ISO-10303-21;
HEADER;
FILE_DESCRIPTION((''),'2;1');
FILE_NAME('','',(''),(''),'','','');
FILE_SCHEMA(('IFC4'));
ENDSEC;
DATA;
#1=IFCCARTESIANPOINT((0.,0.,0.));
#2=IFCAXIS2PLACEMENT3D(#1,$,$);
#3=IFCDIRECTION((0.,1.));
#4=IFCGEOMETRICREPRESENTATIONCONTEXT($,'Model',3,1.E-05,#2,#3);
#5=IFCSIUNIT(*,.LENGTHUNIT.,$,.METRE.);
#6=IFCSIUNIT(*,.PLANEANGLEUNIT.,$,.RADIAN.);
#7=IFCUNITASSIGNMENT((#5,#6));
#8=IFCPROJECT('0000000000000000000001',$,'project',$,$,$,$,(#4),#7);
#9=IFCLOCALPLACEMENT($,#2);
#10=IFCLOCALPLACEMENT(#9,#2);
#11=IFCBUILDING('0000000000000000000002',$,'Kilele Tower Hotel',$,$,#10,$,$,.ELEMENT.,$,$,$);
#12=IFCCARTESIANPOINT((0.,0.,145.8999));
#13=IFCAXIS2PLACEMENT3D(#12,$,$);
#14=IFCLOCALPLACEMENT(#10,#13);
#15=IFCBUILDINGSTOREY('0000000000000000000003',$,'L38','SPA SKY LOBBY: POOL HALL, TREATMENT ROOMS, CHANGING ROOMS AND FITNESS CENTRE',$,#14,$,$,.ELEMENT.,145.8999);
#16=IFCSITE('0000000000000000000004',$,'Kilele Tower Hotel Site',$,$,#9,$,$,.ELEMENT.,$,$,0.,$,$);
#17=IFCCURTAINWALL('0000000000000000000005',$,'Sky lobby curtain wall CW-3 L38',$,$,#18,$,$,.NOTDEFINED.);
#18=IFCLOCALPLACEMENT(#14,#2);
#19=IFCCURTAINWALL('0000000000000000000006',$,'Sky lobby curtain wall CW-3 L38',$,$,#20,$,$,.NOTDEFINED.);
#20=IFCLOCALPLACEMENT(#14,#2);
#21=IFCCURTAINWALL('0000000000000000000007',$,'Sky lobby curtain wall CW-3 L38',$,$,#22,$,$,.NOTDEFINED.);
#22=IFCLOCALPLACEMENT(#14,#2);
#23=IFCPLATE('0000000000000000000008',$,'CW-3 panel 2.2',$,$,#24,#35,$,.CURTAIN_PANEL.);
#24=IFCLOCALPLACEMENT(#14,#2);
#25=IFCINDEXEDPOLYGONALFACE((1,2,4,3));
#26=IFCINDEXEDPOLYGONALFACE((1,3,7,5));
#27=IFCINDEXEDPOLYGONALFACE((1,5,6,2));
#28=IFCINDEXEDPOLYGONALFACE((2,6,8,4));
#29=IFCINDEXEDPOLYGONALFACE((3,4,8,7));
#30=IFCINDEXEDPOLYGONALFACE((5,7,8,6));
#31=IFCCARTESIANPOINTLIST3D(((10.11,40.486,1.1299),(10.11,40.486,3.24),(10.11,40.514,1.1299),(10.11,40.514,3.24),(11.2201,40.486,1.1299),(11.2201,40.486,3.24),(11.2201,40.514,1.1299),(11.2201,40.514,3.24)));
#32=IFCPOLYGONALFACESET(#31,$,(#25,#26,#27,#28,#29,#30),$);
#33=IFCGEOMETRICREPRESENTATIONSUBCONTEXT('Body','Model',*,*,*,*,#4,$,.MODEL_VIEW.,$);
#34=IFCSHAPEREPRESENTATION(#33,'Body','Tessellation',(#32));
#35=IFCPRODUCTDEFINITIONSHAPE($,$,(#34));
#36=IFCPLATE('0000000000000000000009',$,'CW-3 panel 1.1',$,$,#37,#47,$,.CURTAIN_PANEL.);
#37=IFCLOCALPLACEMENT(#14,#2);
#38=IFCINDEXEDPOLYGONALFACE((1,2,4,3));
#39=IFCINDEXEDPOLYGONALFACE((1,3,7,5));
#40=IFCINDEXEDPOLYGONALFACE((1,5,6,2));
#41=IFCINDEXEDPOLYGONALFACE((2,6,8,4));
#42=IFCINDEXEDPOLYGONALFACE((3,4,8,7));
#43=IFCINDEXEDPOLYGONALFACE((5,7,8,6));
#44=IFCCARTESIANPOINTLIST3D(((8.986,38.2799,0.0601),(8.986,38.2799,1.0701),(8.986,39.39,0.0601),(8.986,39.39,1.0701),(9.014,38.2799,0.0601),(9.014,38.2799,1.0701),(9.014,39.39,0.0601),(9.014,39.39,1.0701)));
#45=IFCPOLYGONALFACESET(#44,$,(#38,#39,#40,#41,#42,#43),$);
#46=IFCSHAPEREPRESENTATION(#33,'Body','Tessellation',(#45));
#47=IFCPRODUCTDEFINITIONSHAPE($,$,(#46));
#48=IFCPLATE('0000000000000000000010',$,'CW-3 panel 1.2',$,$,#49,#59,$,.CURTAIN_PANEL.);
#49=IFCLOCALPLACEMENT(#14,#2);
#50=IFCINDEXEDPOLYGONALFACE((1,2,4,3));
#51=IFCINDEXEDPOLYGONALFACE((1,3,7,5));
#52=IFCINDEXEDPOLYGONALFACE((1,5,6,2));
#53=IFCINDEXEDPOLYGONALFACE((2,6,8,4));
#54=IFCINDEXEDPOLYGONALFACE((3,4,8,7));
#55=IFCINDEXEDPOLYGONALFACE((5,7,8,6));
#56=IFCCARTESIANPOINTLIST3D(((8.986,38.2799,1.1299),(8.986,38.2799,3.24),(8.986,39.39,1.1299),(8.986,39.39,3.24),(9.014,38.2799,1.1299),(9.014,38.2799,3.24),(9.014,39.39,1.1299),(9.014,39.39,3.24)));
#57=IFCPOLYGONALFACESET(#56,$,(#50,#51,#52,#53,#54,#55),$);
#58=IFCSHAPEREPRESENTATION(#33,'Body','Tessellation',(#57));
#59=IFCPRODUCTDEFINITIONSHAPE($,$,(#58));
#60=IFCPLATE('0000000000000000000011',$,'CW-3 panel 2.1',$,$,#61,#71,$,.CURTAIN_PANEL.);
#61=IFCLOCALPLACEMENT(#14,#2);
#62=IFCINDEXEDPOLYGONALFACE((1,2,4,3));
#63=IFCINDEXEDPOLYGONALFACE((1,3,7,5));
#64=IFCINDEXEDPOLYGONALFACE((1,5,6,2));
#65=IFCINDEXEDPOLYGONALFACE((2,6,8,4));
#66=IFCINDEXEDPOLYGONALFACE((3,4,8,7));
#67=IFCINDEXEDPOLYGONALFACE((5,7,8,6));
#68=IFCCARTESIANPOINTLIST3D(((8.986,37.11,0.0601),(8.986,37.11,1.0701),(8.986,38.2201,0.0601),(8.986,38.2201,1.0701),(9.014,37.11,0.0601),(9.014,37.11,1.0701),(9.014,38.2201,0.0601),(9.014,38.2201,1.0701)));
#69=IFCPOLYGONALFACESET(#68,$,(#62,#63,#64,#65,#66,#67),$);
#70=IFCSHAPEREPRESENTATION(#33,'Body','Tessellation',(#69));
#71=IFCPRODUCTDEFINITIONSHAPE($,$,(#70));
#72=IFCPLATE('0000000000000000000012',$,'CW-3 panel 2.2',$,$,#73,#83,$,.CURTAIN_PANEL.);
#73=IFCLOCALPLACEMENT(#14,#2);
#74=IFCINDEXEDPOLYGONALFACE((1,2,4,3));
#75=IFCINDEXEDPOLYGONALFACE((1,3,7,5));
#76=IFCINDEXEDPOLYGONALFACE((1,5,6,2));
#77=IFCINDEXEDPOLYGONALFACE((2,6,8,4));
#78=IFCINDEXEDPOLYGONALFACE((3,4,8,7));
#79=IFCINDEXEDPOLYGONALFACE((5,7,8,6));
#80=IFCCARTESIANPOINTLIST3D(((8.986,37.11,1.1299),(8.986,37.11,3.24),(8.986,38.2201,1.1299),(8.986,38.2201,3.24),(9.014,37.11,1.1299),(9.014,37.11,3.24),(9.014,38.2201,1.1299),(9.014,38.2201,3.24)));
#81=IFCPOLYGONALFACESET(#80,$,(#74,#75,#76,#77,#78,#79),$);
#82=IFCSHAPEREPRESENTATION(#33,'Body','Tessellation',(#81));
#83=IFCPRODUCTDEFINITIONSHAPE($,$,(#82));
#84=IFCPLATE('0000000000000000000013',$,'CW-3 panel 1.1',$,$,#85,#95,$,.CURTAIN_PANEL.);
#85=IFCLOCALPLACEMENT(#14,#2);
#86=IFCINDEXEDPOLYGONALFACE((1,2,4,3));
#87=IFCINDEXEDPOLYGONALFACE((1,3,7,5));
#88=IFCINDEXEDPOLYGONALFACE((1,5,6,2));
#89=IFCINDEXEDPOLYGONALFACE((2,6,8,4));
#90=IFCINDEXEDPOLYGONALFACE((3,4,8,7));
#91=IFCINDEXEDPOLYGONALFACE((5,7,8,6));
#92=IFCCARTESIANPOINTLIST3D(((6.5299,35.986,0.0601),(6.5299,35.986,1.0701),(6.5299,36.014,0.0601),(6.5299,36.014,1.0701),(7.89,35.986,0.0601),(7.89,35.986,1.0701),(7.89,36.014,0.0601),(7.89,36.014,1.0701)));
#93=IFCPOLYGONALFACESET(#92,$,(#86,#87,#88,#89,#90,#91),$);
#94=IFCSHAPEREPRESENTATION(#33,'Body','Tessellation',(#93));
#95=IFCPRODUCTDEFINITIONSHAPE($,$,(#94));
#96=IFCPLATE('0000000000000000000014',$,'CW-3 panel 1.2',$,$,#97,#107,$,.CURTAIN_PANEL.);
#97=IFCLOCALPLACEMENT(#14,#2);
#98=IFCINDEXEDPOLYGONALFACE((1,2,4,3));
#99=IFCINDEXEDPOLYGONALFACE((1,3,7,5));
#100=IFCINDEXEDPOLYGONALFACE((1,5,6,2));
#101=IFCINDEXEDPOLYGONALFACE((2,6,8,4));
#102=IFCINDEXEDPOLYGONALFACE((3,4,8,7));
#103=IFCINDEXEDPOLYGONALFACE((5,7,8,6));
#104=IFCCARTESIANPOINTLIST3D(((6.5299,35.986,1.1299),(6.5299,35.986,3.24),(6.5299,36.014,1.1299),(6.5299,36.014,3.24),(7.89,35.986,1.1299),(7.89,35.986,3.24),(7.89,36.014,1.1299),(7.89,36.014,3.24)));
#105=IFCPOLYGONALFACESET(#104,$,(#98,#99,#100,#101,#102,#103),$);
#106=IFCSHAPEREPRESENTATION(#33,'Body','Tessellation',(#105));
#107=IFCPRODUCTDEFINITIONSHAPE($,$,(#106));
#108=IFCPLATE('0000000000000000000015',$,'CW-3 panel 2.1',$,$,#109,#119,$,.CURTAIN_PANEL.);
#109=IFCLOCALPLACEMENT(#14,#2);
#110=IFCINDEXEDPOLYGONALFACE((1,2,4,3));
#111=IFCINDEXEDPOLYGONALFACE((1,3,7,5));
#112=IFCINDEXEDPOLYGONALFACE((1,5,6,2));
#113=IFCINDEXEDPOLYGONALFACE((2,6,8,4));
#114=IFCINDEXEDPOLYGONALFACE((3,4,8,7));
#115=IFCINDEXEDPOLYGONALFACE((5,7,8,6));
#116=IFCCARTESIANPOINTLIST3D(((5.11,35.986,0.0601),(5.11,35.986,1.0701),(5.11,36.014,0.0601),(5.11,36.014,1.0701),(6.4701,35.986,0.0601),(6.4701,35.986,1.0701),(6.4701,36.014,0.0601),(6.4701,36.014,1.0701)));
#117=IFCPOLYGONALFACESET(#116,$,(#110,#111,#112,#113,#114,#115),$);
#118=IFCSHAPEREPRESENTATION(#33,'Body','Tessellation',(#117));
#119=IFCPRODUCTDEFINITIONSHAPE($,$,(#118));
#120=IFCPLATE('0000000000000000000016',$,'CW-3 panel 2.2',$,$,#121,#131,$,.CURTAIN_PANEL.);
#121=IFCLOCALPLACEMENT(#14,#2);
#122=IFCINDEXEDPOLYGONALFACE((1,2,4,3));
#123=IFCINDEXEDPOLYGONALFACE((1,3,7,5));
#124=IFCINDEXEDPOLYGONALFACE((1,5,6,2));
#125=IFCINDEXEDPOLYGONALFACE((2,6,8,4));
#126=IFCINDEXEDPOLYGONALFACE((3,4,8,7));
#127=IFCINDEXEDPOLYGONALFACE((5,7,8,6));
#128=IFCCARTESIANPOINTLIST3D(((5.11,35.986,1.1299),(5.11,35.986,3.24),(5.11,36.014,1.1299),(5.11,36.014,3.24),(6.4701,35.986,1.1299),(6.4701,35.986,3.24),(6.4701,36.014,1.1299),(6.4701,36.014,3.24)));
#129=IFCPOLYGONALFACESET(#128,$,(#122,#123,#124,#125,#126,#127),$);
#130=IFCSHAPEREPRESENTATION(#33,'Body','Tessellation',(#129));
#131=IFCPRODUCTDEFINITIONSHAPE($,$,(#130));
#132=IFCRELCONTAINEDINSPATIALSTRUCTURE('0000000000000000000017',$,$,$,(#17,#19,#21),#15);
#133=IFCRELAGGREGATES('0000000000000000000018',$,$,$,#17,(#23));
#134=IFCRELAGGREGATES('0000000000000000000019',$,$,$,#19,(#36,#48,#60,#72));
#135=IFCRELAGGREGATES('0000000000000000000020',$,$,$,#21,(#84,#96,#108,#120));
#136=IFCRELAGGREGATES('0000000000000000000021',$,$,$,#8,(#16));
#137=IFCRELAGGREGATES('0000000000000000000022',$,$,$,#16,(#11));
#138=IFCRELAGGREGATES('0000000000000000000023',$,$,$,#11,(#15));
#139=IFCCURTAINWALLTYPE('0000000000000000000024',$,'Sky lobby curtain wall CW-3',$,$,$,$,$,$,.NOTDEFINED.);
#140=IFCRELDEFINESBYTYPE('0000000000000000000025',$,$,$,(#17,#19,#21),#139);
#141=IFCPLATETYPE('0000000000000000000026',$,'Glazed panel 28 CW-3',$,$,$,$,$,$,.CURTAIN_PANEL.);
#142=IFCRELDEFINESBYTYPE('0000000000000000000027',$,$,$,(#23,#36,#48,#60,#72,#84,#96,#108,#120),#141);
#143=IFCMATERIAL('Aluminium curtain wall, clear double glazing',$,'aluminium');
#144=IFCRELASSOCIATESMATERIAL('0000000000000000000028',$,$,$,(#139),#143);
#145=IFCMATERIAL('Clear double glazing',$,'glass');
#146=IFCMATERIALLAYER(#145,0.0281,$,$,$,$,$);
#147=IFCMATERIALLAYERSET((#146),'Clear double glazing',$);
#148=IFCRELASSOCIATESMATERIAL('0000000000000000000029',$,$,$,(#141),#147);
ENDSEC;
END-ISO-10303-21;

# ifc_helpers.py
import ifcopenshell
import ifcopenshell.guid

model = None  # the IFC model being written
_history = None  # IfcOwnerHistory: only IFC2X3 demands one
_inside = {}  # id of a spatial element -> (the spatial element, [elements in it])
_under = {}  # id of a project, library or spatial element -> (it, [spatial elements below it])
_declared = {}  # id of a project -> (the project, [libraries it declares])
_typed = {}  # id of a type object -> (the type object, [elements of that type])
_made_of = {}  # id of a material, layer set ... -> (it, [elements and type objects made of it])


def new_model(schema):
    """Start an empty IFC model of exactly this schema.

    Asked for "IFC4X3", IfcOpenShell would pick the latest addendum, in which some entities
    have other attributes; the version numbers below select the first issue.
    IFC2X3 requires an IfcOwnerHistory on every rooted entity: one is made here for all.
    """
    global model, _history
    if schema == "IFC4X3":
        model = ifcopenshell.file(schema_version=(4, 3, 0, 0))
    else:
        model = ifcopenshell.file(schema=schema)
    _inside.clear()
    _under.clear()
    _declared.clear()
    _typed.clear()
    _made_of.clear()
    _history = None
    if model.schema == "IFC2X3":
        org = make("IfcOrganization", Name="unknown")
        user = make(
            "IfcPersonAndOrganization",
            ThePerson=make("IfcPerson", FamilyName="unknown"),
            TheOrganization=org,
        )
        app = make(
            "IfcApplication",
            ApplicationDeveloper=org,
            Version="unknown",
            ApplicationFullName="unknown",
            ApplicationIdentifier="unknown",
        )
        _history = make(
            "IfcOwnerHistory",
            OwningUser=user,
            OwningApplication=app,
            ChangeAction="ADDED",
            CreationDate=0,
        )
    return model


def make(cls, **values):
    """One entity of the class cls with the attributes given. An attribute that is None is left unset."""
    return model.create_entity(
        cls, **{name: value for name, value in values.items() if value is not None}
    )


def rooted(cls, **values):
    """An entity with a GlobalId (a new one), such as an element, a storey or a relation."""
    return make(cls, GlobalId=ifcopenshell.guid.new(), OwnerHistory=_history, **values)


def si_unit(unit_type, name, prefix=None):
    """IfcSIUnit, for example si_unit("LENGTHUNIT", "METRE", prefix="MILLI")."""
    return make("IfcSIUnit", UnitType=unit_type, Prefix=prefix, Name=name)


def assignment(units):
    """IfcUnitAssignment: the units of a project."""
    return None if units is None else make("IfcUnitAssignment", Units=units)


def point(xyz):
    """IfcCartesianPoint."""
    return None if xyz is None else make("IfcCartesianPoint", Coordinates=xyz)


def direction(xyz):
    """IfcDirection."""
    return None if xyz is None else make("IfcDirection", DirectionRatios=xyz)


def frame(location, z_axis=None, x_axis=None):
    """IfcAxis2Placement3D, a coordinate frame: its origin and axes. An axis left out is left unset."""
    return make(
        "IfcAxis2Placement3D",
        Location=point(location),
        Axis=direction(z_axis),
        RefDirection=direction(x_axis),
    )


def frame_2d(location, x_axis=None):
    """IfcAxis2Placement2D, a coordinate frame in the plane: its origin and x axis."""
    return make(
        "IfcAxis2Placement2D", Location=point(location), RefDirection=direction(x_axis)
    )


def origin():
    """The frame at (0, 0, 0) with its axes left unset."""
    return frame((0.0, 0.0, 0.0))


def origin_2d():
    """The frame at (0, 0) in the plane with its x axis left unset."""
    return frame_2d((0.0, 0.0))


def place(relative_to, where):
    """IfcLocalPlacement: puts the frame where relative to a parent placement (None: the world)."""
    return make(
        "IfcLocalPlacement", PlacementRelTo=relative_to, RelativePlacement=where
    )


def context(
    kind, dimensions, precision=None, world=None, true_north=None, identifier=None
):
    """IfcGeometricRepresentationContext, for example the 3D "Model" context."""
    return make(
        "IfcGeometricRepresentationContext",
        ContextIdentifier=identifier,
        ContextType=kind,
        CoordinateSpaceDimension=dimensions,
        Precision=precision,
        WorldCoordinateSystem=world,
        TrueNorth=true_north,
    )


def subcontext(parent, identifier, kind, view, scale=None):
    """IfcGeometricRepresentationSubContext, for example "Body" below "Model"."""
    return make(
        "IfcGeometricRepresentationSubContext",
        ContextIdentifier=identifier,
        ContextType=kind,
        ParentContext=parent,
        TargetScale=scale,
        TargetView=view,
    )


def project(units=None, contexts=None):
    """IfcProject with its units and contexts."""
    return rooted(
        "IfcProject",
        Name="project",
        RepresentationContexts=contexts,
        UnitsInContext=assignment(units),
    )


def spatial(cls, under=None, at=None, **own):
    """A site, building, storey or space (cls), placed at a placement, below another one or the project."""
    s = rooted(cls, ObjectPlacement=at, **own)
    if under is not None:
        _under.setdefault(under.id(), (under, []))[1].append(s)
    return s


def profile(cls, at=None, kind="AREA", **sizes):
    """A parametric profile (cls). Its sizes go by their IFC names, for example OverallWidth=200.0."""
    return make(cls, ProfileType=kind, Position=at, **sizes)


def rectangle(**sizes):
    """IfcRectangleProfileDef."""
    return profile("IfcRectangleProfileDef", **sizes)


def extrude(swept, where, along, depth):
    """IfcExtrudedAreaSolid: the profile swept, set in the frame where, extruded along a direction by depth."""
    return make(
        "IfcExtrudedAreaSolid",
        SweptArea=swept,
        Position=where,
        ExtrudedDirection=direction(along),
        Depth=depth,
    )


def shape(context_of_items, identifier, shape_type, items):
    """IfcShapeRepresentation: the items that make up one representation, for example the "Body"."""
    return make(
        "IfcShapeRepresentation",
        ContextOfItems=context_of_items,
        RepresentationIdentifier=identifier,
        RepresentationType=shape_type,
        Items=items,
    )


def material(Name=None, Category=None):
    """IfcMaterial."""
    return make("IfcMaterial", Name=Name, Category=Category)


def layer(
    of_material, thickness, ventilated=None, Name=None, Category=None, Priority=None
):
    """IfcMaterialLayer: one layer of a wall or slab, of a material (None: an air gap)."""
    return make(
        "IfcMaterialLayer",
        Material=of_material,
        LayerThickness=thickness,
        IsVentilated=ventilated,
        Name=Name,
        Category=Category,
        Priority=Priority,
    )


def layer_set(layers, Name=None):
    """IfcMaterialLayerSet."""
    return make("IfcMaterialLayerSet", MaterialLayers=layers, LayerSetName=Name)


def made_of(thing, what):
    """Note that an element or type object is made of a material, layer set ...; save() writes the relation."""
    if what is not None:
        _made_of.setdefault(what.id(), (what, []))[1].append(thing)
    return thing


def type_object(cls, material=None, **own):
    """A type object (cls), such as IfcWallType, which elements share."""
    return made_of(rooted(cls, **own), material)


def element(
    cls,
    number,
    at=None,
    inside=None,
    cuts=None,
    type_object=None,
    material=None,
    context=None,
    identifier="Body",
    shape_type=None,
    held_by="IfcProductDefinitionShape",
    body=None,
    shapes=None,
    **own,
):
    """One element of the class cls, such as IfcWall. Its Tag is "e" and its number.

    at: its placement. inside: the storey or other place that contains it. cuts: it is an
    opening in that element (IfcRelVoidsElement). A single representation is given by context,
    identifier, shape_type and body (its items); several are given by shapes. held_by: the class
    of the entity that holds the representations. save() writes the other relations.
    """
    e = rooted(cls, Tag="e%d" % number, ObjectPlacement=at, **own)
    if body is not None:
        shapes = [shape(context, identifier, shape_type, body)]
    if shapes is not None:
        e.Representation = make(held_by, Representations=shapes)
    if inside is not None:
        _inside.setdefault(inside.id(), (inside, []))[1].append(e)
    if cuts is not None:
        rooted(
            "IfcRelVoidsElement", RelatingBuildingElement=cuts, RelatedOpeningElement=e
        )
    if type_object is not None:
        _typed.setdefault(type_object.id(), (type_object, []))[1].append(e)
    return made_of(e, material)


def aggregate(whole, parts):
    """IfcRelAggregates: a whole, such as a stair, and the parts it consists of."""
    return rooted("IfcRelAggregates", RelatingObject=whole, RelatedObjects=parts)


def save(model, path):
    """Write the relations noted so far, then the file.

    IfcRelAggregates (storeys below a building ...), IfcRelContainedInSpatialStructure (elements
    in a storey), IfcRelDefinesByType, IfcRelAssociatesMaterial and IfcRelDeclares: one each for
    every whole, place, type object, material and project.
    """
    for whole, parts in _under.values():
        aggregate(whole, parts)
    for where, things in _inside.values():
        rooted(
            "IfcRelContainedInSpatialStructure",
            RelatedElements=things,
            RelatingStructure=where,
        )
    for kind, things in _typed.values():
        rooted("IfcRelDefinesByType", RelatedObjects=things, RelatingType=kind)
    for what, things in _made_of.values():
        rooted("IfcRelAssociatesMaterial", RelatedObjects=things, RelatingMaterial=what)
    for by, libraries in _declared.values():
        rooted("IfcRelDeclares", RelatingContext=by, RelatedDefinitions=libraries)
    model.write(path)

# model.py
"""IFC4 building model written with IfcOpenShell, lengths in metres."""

from ifc_helpers import new_model, si_unit, direction, frame, origin, origin_2d, place, context, subcontext, project, spatial, rectangle, extrude, material, layer, layer_set, type_object, element, aggregate, save


model = new_model("IFC4")

# Units and contexts
model_context = context("Model", 3, precision=1e-05, world=origin(), true_north=direction((0.0, 1.0)))
body_context = subcontext(model_context, "Body", "Model", "MODEL_VIEW")
ifc_project = project(units=[si_unit("LENGTHUNIT", "METRE"), si_unit("PLANEANGLEUNIT", "RADIAN")], contexts=[model_context])

# Site, building, storey
site_placement = place(None, origin())
site = spatial("IfcSite", under=ifc_project, at=site_placement, Name="Kilele Tower Hotel Site", CompositionType="ELEMENT", RefElevation=0.0)
building_placement = place(site_placement, origin())
building = spatial("IfcBuilding", under=site, at=building_placement, Name="Kilele Tower Hotel", CompositionType="ELEMENT")
storey_placement = place(building_placement, frame((0.0, 0.0, 145.8999)))
storey = spatial("IfcBuildingStorey", under=building, at=storey_placement, Name="L38", Description="SPA SKY LOBBY: POOL HALL, TREATMENT ROOMS, CHANGING ROOMS AND FITNESS CENTRE", CompositionType="ELEMENT", Elevation=145.8999)

# Curtain wall
ifc_material_1 = material(Name="Aluminium curtain wall, clear double glazing", Category="aluminium")
curtain_wall_type = type_object("IfcCurtainWallType", Name="Sky lobby curtain wall CW-3", PredefinedType="NOTDEFINED", material=ifc_material_1)
curtain_wall_1_placement = place(storey_placement, origin())
curtain_wall_1 = element("IfcCurtainWall", 1, at=curtain_wall_1_placement, inside=storey, type_object=curtain_wall_type, Name="Sky lobby curtain wall CW-3 L38", PredefinedType="NOTDEFINED")

# Curtain walls
curtain_wall_2_placement = place(storey_placement, origin())
curtain_wall_2 = element("IfcCurtainWall", 2, at=curtain_wall_2_placement, inside=storey, type_object=curtain_wall_type, Name="Sky lobby curtain wall CW-3 L38", PredefinedType="NOTDEFINED")
curtain_wall_3_placement = place(storey_placement, origin())
curtain_wall_3 = element("IfcCurtainWall", 3, at=curtain_wall_3_placement, inside=storey, type_object=curtain_wall_type, Name="Sky lobby curtain wall CW-3 L38", PredefinedType="NOTDEFINED")

# Plates
ifc_material_2 = material(Name="Clear double glazing", Category="glass")
ifc_layer = layer(ifc_material_2, 0.0281)
ifc_layer_set = layer_set([ifc_layer], Name="Clear double glazing")
plate_type = type_object("IfcPlateType", Name="Glazed panel 28 CW-3", PredefinedType="CURTAIN_PANEL", material=ifc_layer_set)
plate_1_placement = place(storey_placement, frame((10.665, 40.5, 1.1299), z_axis=(0.0, 0.0, 1.0), x_axis=(-1.0, 0.0, 0.0)))
plate_1 = element("IfcPlate", 4, at=plate_1_placement, type_object=plate_type, Name="CW-3 panel 2.2", PredefinedType="CURTAIN_PANEL", context=body_context, shape_type="SweptSolid", body=[
    extrude(rectangle(XDim=1.1101, YDim=0.0281, at=origin_2d()), origin(), (0.0, 0.0, 1.0), 2.1101),
])
aggregate(curtain_wall_1, [plate_1])
plate_2_placement = place(storey_placement, frame((9.0, 38.835, 0.0601), z_axis=(0.0, 0.0, 1.0), x_axis=(0.0, -1.0, 0.0)))
plate_2 = element("IfcPlate", 5, at=plate_2_placement, type_object=plate_type, Name="CW-3 panel 1.1", PredefinedType="CURTAIN_PANEL", context=body_context, shape_type="SweptSolid", body=[
    extrude(rectangle(XDim=1.1101, YDim=0.0281, at=origin_2d()), origin(), (0.0, 0.0, 1.0), 1.01),
])
plate_3_placement = place(storey_placement, frame((9.0, 38.835, 1.1299), z_axis=(0.0, 0.0, 1.0), x_axis=(0.0, -1.0, 0.0)))
plate_3 = element("IfcPlate", 6, at=plate_3_placement, type_object=plate_type, Name="CW-3 panel 1.2", PredefinedType="CURTAIN_PANEL", context=body_context, shape_type="SweptSolid", body=[
    extrude(rectangle(XDim=1.1101, YDim=0.0281, at=origin_2d()), origin(), (0.0, 0.0, 1.0), 2.1101),
])
plate_4_placement = place(storey_placement, frame((9.0, 37.665, 0.0601), z_axis=(0.0, 0.0, 1.0), x_axis=(0.0, -1.0, 0.0)))
plate_4 = element("IfcPlate", 7, at=plate_4_placement, type_object=plate_type, Name="CW-3 panel 2.1", PredefinedType="CURTAIN_PANEL", context=body_context, shape_type="SweptSolid", body=[
    extrude(rectangle(XDim=1.1101, YDim=0.0281, at=origin_2d()), origin(), (0.0, 0.0, 1.0), 1.01),
])
plate_5_placement = place(storey_placement, frame((9.0, 37.665, 1.1299), z_axis=(0.0, 0.0, 1.0), x_axis=(0.0, -1.0, 0.0)))
plate_5 = element("IfcPlate", 8, at=plate_5_placement, type_object=plate_type, Name="CW-3 panel 2.2", PredefinedType="CURTAIN_PANEL", context=body_context, shape_type="SweptSolid", body=[
    extrude(rectangle(XDim=1.1101, YDim=0.0281, at=origin_2d()), origin(), (0.0, 0.0, 1.0), 2.1101),
])
aggregate(curtain_wall_2, [plate_2, plate_3, plate_4, plate_5])
plate_6_placement = place(storey_placement, frame((7.21, 36.0, 0.0601), z_axis=(0.0, 0.0, 1.0), x_axis=(-1.0, 0.0, 0.0)))
plate_6 = element("IfcPlate", 9, at=plate_6_placement, type_object=plate_type, Name="CW-3 panel 1.1", PredefinedType="CURTAIN_PANEL", context=body_context, shape_type="SweptSolid", body=[
    extrude(rectangle(XDim=1.3601, YDim=0.0281, at=origin_2d()), origin(), (0.0, 0.0, 1.0), 1.01),
])
plate_7_placement = place(storey_placement, frame((7.21, 36.0, 1.1299), z_axis=(0.0, 0.0, 1.0), x_axis=(-1.0, 0.0, 0.0)))
plate_7 = element("IfcPlate", 10, at=plate_7_placement, type_object=plate_type, Name="CW-3 panel 1.2", PredefinedType="CURTAIN_PANEL", context=body_context, shape_type="SweptSolid", body=[
    extrude(rectangle(XDim=1.3601, YDim=0.0281, at=origin_2d()), origin(), (0.0, 0.0, 1.0), 2.1101),
])
plate_8_placement = place(storey_placement, frame((5.79, 36.0, 0.0601), z_axis=(0.0, 0.0, 1.0), x_axis=(-1.0, 0.0, 0.0)))
plate_8 = element("IfcPlate", 11, at=plate_8_placement, type_object=plate_type, Name="CW-3 panel 2.1", PredefinedType="CURTAIN_PANEL", context=body_context, shape_type="SweptSolid", body=[
    extrude(rectangle(XDim=1.3601, YDim=0.0281, at=origin_2d()), origin(), (0.0, 0.0, 1.0), 1.01),
])
plate_9_placement = place(storey_placement, frame((5.79, 36.0, 1.1299), z_axis=(0.0, 0.0, 1.0), x_axis=(-1.0, 0.0, 0.0)))
plate_9 = element("IfcPlate", 12, at=plate_9_placement, type_object=plate_type, Name="CW-3 panel 2.2", PredefinedType="CURTAIN_PANEL", context=body_context, shape_type="SweptSolid", body=[
    extrude(rectangle(XDim=1.3601, YDim=0.0281, at=origin_2d()), origin(), (0.0, 0.0, 1.0), 2.1101),
])
aggregate(curtain_wall_3, [plate_6, plate_7, plate_8, plate_9])

save(model, "model.ifc")
